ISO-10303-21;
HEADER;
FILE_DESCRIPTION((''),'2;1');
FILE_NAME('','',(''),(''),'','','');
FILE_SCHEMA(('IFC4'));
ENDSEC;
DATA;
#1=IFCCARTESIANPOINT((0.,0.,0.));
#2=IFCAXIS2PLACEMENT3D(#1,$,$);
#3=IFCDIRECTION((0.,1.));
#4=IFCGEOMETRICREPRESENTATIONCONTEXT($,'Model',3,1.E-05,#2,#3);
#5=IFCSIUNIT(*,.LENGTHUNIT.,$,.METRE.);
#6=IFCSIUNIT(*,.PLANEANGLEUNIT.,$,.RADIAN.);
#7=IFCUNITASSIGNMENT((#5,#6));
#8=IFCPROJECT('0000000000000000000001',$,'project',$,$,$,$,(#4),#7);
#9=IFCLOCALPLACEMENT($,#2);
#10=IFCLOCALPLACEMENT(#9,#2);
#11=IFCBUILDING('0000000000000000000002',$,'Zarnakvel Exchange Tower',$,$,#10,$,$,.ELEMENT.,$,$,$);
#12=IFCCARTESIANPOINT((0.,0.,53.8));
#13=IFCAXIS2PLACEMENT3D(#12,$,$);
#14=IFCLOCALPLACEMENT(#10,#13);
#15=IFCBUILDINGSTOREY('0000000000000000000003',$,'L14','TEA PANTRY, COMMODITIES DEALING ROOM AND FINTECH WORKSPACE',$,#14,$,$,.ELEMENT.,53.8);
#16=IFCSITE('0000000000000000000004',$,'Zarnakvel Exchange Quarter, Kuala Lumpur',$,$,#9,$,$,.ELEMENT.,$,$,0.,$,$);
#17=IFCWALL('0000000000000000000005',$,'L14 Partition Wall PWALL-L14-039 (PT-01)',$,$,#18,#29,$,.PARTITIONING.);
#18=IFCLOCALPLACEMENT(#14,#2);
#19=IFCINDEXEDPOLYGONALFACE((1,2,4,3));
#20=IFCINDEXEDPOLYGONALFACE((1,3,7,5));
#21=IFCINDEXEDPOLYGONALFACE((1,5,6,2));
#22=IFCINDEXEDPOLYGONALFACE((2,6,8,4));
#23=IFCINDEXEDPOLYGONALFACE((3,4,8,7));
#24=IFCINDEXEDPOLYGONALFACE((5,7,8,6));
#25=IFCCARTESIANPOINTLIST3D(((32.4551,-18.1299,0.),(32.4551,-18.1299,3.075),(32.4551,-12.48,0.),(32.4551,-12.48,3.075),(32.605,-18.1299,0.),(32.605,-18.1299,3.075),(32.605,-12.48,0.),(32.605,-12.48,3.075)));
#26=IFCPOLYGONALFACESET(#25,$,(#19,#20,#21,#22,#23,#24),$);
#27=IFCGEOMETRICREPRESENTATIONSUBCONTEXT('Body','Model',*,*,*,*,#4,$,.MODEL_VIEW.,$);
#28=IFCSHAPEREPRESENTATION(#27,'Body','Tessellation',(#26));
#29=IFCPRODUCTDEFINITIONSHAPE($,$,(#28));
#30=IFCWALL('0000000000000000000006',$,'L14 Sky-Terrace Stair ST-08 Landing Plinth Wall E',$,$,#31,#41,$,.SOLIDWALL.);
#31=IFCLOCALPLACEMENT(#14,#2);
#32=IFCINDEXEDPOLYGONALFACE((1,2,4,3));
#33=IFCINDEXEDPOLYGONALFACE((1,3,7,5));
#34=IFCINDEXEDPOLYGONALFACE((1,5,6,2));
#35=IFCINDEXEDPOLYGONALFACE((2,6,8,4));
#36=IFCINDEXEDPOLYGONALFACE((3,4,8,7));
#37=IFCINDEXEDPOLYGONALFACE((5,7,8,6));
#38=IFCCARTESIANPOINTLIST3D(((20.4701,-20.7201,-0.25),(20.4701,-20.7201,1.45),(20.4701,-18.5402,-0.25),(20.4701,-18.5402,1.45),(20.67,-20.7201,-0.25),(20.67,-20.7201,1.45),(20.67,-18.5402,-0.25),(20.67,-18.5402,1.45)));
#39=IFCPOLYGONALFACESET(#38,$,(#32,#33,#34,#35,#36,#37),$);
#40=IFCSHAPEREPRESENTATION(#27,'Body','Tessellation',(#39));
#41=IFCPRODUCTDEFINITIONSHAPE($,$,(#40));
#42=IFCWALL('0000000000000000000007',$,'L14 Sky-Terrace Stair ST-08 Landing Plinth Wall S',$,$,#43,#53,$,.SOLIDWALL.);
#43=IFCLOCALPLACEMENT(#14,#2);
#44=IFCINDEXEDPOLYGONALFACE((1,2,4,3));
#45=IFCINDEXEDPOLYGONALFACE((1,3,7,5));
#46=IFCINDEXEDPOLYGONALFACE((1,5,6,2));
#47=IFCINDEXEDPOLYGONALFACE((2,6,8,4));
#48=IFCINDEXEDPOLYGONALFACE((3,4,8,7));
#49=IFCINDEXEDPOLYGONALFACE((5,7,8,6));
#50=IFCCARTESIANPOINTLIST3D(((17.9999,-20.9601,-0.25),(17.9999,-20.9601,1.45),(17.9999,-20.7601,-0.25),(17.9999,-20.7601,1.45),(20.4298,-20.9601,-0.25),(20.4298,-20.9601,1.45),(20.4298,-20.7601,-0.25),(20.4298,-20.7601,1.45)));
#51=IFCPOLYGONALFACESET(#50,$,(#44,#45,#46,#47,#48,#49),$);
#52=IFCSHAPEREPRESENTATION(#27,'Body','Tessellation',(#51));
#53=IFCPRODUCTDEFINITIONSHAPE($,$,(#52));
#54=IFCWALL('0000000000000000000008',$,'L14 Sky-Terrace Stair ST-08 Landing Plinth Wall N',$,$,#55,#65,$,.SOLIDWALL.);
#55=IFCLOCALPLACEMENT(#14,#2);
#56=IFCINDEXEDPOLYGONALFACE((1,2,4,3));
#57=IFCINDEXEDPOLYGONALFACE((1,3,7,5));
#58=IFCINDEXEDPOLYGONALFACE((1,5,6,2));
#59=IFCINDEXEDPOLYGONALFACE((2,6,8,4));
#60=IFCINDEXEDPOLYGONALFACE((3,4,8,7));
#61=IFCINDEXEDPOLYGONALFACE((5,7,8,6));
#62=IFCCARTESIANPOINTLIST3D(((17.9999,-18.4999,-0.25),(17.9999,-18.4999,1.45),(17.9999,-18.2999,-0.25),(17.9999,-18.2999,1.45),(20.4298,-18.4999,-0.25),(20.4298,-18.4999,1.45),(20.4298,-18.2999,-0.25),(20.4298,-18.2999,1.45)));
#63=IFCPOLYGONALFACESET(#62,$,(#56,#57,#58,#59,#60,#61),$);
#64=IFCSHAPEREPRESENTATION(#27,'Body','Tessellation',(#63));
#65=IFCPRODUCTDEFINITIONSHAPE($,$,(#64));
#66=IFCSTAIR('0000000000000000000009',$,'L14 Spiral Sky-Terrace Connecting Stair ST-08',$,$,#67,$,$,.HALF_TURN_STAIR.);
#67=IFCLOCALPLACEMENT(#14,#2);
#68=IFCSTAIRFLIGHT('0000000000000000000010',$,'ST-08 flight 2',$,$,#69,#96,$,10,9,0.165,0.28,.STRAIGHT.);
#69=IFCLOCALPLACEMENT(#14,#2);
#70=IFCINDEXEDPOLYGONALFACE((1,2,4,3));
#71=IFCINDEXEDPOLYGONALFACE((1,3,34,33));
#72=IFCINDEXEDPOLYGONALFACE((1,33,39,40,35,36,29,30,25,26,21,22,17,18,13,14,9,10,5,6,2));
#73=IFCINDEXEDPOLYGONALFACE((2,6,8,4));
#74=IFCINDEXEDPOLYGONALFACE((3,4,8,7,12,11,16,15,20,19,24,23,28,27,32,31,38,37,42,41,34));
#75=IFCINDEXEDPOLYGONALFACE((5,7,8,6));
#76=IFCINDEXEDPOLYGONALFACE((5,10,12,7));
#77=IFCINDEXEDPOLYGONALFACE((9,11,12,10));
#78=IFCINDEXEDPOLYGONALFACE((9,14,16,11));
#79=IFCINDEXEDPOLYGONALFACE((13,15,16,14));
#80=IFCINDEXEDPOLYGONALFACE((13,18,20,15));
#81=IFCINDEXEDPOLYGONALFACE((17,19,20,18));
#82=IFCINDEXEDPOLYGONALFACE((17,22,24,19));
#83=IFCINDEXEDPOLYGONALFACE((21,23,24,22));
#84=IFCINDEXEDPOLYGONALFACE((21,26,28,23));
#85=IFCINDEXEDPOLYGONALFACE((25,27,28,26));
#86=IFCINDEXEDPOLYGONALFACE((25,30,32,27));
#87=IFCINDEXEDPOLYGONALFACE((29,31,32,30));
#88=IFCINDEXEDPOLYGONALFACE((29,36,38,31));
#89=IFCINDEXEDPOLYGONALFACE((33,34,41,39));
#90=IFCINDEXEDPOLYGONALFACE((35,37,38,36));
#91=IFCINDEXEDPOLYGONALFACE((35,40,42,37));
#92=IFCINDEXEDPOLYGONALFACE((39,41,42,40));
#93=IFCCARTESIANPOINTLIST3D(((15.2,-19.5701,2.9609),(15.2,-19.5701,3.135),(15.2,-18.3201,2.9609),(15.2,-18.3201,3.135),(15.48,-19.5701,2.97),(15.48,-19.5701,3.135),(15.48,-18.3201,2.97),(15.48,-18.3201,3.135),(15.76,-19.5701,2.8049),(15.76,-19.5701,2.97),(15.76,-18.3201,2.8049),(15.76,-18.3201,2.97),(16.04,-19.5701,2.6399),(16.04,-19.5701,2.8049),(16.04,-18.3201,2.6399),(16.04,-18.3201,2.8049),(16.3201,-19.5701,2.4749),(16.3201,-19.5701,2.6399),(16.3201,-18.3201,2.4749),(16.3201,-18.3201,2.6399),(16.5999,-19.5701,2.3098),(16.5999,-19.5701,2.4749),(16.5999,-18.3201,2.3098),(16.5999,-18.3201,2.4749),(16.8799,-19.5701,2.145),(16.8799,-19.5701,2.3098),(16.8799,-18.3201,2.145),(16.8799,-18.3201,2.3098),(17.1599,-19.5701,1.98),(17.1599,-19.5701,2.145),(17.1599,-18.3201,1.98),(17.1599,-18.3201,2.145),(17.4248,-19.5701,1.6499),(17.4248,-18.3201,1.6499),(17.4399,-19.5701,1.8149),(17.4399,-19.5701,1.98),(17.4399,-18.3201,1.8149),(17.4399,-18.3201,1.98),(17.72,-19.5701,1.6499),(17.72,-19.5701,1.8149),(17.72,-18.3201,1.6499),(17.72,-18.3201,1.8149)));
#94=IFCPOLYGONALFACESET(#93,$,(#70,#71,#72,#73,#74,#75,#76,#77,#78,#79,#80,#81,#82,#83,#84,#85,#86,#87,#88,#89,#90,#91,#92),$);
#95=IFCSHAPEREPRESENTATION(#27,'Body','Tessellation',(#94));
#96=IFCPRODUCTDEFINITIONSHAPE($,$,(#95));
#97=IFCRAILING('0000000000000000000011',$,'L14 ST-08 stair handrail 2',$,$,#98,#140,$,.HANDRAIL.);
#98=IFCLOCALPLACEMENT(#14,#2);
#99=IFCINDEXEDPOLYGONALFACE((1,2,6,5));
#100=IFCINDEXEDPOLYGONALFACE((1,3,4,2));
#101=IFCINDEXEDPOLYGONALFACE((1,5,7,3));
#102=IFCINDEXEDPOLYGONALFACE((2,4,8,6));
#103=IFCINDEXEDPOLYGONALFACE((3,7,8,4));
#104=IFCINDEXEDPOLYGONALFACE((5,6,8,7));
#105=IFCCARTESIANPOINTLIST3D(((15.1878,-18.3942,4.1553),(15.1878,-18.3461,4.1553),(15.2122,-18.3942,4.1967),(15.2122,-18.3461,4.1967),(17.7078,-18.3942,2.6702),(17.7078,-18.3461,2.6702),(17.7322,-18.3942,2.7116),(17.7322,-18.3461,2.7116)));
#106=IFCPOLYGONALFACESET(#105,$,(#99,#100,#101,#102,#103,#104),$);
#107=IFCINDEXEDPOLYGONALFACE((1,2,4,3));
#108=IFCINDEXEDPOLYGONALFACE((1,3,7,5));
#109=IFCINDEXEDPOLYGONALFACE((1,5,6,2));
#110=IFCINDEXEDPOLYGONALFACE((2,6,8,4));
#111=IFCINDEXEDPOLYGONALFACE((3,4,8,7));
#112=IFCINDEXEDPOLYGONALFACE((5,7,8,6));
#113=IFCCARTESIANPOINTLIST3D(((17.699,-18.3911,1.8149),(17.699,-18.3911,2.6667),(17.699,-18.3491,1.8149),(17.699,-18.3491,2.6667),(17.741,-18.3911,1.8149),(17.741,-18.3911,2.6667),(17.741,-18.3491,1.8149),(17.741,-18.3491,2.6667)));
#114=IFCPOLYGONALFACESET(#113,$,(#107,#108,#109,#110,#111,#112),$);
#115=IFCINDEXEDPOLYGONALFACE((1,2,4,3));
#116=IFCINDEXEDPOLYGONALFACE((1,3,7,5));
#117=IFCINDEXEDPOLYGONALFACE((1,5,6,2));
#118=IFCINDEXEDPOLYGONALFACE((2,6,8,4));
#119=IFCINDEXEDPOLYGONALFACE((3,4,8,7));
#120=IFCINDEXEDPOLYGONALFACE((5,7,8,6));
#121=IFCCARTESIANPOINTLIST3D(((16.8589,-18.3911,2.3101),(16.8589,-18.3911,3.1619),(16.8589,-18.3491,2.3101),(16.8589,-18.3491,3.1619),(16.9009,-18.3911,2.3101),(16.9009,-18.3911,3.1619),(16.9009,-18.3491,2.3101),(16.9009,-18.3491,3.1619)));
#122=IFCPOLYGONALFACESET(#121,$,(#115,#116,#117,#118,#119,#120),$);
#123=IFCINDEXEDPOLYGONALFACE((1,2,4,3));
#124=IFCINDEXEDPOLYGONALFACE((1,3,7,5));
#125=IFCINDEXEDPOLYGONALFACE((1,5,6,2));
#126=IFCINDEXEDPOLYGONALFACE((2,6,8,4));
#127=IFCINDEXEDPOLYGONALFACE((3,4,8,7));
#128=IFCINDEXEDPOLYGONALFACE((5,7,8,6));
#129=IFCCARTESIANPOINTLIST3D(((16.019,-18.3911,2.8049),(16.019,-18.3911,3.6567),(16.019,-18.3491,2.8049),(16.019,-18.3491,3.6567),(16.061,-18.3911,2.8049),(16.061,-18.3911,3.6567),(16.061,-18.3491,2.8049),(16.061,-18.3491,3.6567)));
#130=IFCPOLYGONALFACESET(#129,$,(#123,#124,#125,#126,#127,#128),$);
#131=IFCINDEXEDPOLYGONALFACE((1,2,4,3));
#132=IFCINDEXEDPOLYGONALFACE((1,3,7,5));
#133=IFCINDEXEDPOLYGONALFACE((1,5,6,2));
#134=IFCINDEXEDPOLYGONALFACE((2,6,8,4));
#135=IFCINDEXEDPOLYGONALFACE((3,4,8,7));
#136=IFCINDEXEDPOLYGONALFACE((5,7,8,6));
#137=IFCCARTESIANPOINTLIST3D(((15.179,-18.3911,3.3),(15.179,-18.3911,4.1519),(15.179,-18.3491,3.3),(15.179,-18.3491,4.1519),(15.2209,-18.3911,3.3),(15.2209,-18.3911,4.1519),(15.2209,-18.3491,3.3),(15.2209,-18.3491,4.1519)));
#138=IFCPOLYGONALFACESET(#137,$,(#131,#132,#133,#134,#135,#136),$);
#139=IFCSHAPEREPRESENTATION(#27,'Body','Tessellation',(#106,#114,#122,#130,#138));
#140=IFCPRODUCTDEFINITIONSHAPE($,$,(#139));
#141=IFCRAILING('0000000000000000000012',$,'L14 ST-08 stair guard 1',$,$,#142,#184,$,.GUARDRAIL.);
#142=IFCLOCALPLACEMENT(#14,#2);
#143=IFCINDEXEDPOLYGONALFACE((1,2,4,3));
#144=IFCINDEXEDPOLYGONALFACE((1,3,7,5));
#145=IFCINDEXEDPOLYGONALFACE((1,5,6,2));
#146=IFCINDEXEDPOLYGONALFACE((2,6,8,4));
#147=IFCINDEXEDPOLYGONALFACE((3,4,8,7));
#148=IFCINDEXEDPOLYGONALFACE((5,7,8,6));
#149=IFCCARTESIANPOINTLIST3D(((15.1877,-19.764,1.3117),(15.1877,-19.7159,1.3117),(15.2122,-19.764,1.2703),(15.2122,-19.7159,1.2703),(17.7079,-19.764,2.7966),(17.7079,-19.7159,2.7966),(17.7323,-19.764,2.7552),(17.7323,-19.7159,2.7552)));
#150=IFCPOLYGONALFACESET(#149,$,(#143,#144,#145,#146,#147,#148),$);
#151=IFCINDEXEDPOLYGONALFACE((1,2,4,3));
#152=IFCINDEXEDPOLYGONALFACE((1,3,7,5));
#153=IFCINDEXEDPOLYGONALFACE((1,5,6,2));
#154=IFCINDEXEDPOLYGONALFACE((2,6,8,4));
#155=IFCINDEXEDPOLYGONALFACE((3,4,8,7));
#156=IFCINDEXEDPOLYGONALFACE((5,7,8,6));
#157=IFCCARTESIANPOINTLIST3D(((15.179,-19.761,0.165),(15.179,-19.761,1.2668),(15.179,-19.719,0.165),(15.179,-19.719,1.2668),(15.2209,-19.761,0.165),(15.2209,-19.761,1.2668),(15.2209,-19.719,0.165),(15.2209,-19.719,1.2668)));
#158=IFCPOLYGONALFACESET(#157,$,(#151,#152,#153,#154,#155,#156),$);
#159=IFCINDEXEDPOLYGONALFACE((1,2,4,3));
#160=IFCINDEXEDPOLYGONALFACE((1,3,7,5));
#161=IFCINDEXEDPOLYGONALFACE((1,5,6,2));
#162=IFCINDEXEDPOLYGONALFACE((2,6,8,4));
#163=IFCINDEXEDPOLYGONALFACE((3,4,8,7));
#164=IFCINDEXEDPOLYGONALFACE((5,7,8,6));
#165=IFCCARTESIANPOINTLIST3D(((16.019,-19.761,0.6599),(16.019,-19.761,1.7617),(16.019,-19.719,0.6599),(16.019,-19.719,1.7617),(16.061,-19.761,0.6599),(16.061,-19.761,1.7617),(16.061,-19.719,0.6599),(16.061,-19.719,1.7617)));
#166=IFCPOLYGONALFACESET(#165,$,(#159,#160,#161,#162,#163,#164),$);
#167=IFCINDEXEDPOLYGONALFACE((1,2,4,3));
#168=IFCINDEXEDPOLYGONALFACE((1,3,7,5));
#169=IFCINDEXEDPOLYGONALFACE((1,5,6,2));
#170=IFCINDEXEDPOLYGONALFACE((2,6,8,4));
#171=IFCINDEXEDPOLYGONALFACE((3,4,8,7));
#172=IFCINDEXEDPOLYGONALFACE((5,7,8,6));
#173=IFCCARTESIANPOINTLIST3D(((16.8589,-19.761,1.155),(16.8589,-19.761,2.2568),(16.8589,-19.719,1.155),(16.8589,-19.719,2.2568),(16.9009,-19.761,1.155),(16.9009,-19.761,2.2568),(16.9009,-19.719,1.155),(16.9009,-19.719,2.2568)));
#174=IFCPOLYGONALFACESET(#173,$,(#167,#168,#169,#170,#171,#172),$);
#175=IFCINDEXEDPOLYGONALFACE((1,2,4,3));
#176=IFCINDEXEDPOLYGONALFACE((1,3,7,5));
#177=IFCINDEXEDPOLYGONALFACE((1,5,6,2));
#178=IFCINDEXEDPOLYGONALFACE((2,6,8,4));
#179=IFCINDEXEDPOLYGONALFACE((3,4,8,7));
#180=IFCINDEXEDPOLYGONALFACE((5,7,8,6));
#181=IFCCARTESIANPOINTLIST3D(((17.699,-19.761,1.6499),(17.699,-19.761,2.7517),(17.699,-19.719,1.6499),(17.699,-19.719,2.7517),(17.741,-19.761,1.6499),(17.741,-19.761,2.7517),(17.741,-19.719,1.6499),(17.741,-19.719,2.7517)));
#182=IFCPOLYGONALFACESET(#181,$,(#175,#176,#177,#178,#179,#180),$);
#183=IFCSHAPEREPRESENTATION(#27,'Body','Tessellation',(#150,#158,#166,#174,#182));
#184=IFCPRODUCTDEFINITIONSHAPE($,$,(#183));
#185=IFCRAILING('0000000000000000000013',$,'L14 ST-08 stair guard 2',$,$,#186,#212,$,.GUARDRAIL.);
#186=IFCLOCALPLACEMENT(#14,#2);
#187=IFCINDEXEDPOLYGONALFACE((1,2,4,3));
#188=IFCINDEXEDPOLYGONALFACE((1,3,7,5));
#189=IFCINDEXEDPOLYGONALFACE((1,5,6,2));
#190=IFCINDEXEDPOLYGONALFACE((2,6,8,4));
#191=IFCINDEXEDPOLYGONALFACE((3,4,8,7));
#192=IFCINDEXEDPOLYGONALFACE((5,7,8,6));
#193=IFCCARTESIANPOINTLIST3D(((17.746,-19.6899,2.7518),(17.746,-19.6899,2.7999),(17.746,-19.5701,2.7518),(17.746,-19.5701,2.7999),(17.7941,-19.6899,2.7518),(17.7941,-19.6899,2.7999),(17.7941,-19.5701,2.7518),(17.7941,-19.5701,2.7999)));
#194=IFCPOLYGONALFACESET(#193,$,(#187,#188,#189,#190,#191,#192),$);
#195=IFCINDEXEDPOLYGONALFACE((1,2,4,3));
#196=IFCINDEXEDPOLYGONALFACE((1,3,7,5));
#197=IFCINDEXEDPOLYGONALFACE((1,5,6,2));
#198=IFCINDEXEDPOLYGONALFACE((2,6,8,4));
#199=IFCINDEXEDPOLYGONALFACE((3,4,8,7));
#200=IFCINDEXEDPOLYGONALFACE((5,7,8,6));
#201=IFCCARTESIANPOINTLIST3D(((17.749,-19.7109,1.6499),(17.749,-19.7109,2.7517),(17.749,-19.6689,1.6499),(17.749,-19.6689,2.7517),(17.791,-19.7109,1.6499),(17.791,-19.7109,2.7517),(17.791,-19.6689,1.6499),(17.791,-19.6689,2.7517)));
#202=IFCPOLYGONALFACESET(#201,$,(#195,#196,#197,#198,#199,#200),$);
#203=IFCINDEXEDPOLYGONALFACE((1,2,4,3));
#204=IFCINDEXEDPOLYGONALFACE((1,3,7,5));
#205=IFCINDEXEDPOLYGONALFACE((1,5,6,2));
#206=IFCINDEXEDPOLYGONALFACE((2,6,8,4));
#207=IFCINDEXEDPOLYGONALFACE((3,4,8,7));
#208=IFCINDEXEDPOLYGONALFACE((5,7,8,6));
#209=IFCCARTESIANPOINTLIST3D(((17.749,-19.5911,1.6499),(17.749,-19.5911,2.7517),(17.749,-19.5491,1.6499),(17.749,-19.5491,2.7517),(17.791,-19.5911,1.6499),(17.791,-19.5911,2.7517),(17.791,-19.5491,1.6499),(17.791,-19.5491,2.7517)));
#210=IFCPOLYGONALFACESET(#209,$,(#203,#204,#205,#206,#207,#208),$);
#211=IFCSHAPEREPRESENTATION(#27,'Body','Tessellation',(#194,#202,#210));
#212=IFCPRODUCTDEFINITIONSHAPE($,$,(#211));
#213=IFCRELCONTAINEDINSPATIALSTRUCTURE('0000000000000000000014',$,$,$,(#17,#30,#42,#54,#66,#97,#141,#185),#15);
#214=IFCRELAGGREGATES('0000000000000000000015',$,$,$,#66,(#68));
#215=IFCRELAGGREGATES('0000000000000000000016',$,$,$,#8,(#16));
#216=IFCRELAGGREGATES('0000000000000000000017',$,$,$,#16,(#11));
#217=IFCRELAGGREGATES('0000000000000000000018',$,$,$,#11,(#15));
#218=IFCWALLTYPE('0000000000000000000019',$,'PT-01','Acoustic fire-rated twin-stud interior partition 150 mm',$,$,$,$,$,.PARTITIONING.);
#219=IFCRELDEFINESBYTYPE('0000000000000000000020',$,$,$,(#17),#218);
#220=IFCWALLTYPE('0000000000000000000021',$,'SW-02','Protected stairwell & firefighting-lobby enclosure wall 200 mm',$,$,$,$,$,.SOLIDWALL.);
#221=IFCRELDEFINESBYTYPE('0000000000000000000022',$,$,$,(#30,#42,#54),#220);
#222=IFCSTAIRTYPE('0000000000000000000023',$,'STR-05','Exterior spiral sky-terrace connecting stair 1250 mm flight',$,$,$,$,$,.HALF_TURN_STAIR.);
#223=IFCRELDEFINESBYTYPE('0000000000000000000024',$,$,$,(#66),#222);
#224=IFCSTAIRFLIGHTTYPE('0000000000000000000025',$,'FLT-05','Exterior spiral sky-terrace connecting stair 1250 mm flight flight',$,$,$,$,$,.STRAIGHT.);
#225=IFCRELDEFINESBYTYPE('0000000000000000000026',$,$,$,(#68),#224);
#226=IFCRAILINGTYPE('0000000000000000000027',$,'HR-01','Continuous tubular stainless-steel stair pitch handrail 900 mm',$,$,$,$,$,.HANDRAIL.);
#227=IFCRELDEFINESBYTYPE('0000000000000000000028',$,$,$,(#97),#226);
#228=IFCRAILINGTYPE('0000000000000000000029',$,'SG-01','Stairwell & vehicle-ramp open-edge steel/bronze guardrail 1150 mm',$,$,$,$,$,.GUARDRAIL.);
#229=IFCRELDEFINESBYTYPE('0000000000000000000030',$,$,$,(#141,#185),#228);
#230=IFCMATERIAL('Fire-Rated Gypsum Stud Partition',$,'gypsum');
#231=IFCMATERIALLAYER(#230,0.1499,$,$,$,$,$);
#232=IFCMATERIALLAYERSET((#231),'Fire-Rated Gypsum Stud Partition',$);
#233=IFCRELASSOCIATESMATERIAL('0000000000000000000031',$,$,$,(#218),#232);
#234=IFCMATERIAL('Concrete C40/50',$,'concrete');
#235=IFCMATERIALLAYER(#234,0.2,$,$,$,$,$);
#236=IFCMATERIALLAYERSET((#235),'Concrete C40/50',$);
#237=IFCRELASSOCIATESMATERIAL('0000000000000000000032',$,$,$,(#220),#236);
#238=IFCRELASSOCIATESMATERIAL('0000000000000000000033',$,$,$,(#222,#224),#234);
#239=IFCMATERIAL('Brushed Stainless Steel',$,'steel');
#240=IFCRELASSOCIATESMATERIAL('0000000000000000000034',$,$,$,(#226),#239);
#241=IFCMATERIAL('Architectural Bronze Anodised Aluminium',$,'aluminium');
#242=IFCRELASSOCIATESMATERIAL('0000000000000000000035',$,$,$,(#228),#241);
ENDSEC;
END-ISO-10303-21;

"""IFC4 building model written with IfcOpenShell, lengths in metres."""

from ifc_helpers import new_model, si_unit, direction, frame, frame_2d, origin, origin_2d, place, context, subcontext, project, spatial, polyline, rectangle, outline, extrude, material, layer, layer_set, type_object, element, aggregate, save


model = new_model("IFC4")

# Units and contexts
model_context = context("Model", 3, precision=1e-05, world=origin(), true_north=direction((0.0, 1.0)))
body_context = subcontext(model_context, "Body", "Model", "MODEL_VIEW")
ifc_project = project(units=[si_unit("LENGTHUNIT", "METRE"), si_unit("PLANEANGLEUNIT", "RADIAN")], contexts=[model_context])

# Site, building, storey
site_placement = place(None, origin())
site = spatial("IfcSite", under=ifc_project, at=site_placement, Name="Zarnakvel Exchange Quarter, Kuala Lumpur", CompositionType="ELEMENT", RefElevation=0.0)
building_placement = place(site_placement, origin())
building = spatial("IfcBuilding", under=site, at=building_placement, Name="Zarnakvel Exchange Tower", CompositionType="ELEMENT")
storey_placement = place(building_placement, frame((0.0, 0.0, 53.8)))
storey = spatial("IfcBuildingStorey", under=building, at=storey_placement, Name="L14", Description="TEA PANTRY, COMMODITIES DEALING ROOM AND FINTECH WORKSPACE", CompositionType="ELEMENT", Elevation=53.8)

# Shared definitions
ifc_material_1 = material(Name="Architectural Bronze Anodised Aluminium", Category="aluminium")

# Shared definitions
ifc_material_2 = material(Name="Fire-Rated Gypsum Stud Partition", Category="gypsum")
ifc_layer_1 = layer(ifc_material_2, 0.1499)
ifc_layer_set_1 = layer_set([ifc_layer_1], Name="Fire-Rated Gypsum Stud Partition")
wall_type_1 = type_object("IfcWallType", Name="PT-01", Description="Acoustic fire-rated twin-stud interior partition 150 mm", PredefinedType="PARTITIONING", material=ifc_layer_set_1)

# Walls
wall_1_placement = place(storey_placement, frame((32.53, -12.48, 0.0), z_axis=(0.0, 0.0, 1.0), x_axis=(0.0, -1.0, 0.0)))
element("IfcWall", 1, at=wall_1_placement, inside=storey, type_object=wall_type_1, Name="L14 Partition Wall PWALL-L14-039 (PT-01)", PredefinedType="PARTITIONING", context=body_context, shape_type="SweptSolid", body=[
    extrude(rectangle(XDim=5.6499, YDim=0.1499, at=frame_2d((2.825, 0.0))), origin(), (0.0, 0.0, 1.0), 3.075),
])
ifc_material_3 = material(Name="Concrete C40/50", Category="concrete")
ifc_layer_2 = layer(ifc_material_3, 0.2)
ifc_layer_set_2 = layer_set([ifc_layer_2], Name="Concrete C40/50")
wall_type_2 = type_object("IfcWallType", Name="SW-02", Description="Protected stairwell & firefighting-lobby enclosure wall 200 mm", PredefinedType="SOLIDWALL", material=ifc_layer_set_2)
wall_2_placement = place(storey_placement, frame((20.5701, -20.72, -0.25), z_axis=(0.0, 0.0, 1.0), x_axis=(0.0, 1.0, 0.0)))
element("IfcWall", 2, at=wall_2_placement, inside=storey, type_object=wall_type_2, Name="L14 Sky-Terrace Stair ST-08 Landing Plinth Wall E", PredefinedType="SOLIDWALL", context=body_context, shape_type="SweptSolid", body=[
    extrude(rectangle(XDim=2.1799, YDim=0.2, at=frame_2d((1.0898, 0.0))), origin(), (0.0, 0.0, 1.0), 1.7),
])
for number, where, z_axis, x_axis, name in (
    (3, (18.0, -20.8601, -0.25), (0.0, 0.0, 1.0), (1.0, 0.0, 0.0), "L14 Sky-Terrace Stair ST-08 Landing Plinth Wall S"),
    (4, (18.0, -18.3999, -0.25), (0.0, 0.0, 1.0), (1.0, 0.0, 0.0), "L14 Sky-Terrace Stair ST-08 Landing Plinth Wall N"),
):
    element("IfcWall", number, at=place(storey_placement, frame(where, z_axis=z_axis, x_axis=x_axis)), inside=storey, type_object=wall_type_2, Name=name, PredefinedType="SOLIDWALL", context=body_context, shape_type="SweptSolid", body=[
        extrude(rectangle(XDim=2.4299, YDim=0.2, at=frame_2d((1.2148, 0.0))), origin(), (0.0, 0.0, 1.0), 1.7),
    ])

# Stair, stair flight
stair_type = type_object("IfcStairType", Name="STR-05", Description="Exterior spiral sky-terrace connecting stair 1250 mm flight", PredefinedType="HALF_TURN_STAIR", material=ifc_material_3)
stair_placement = place(storey_placement, origin())
stair = element("IfcStair", 5, at=stair_placement, inside=storey, type_object=stair_type, Name="L14 Spiral Sky-Terrace Connecting Stair ST-08", PredefinedType="HALF_TURN_STAIR")
stair_flight_type = type_object("IfcStairFlightType", Name="FLT-05", Description="Exterior spiral sky-terrace connecting stair 1250 mm flight flight", PredefinedType="STRAIGHT", material=ifc_material_3)
stair_flight_placement = place(storey_placement, frame((17.72, -18.9451, 1.6499), z_axis=(0.0, 0.0, 1.0), x_axis=(-1.0, 0.0, 0.0)))
stair_flight = element("IfcStairFlight", 6, at=stair_flight_placement, type_object=stair_flight_type, Name="ST-08 flight 2", NumberOfRisers=10, NumberOfTreads=9, PredefinedType="STRAIGHT", RiserHeight=0.165, TreadLength=0.28, context=body_context, shape_type="SweptSolid", body=[
    extrude(outline(polyline([(0.0, 0.0), (0.0, 0.165), (0.28, 0.165), (0.28, 0.3301), (0.5601, 0.3301), (0.5601, 0.4951), (0.8401, 0.4951), (0.8401, 0.6599), (1.1201, 0.6599), (1.1201, 0.825), (1.3999, 0.825), (1.3999, 0.99), (1.6799, 0.99), (1.6799, 1.155), (1.96, 1.155), (1.96, 1.3201), (2.24, 1.3201), (2.24, 1.4851), (2.52, 1.4851), (2.52, 1.6499), (2.52, 1.311), (0.2952, 0.0), (0.0, 0.0)])), frame((0.0, 0.625, 0.0), z_axis=(0.0, -1.0, 0.0), x_axis=(1.0, 0.0, 0.0)), (0.0, 0.0, 1.0), 1.25),
])
aggregate(stair, [stair_flight])

# Railings
ifc_material_4 = material(Name="Brushed Stainless Steel", Category="steel")
railing_type_1 = type_object("IfcRailingType", Name="HR-01", Description="Continuous tubular stainless-steel stair pitch handrail 900 mm", PredefinedType="HANDRAIL", material=ifc_material_4)
railing_1_placement = place(storey_placement, frame((17.72, -18.3701, 1.8149)))
element("IfcRailing", 7, at=railing_1_placement, inside=storey, type_object=railing_type_1, Name="L14 ST-08 stair handrail 2", PredefinedType="HANDRAIL", context=body_context, shape_type="SweptSolid", body=[
    extrude(rectangle(XDim=0.0481, YDim=0.0481, at=origin_2d()), frame((0.0, 0.0, 0.876), z_axis=(-0.861524, 0.0, 0.507717), x_axis=(0.0, -1.0, 0.0)), (0.0, 0.0, 1.0), 2.925),
    extrude(rectangle(XDim=0.042, YDim=0.042, at=origin_2d()), origin(), (0.0, 0.0, 1.0), 0.8518),
    extrude(rectangle(XDim=0.042, YDim=0.042, at=origin_2d()), frame((-0.8401, 0.0, 0.4951)), (0.0, 0.0, 1.0), 0.8518),
    extrude(rectangle(XDim=0.042, YDim=0.042, at=origin_2d()), frame((-1.6799, 0.0, 0.99)), (0.0, 0.0, 1.0), 0.8518),
    extrude(rectangle(XDim=0.042, YDim=0.042, at=origin_2d()), frame((-2.52, 0.0, 1.4851)), (0.0, 0.0, 1.0), 0.8518),
])
railing_type_2 = type_object("IfcRailingType", Name="SG-01", Description="Stairwell & vehicle-ramp open-edge steel/bronze guardrail 1150 mm", PredefinedType="GUARDRAIL", material=ifc_material_1)
railing_2_placement = place(storey_placement, frame((15.2, -19.74, 0.165)))
element("IfcRailing", 8, at=railing_2_placement, inside=storey, type_object=railing_type_2, Name="L14 ST-08 stair guard 1", PredefinedType="GUARDRAIL", context=body_context, shape_type="SweptSolid", body=[
    extrude(rectangle(XDim=0.0481, YDim=0.0481, at=origin_2d()), frame((0.0, 0.0, 1.126), z_axis=(0.861561, 0.0, 0.507655), x_axis=(0.0, 1.0, 0.0)), (0.0, 0.0, 1.0), 2.925),
    extrude(rectangle(XDim=0.042, YDim=0.042, at=origin_2d()), origin(), (0.0, 0.0, 1.0), 1.1018),
    extrude(rectangle(XDim=0.042, YDim=0.042, at=origin_2d()), frame((0.8401, 0.0, 0.4949)), (0.0, 0.0, 1.0), 1.1018),
    extrude(rectangle(XDim=0.042, YDim=0.042, at=origin_2d()), frame((1.6799, 0.0, 0.99)), (0.0, 0.0, 1.0), 1.1018),
    extrude(rectangle(XDim=0.042, YDim=0.042, at=origin_2d()), frame((2.52, 0.0, 1.4849)), (0.0, 0.0, 1.0), 1.1018),
])
railing_3_placement = place(storey_placement, frame((17.77, -19.6899, 1.6499)))
element("IfcRailing", 9, at=railing_3_placement, inside=storey, type_object=railing_type_2, Name="L14 ST-08 stair guard 2", PredefinedType="GUARDRAIL", context=body_context, shape_type="SweptSolid", body=[
    extrude(rectangle(XDim=0.0481, YDim=0.0481, at=origin_2d()), frame((0.0, 0.0, 1.126), z_axis=(0.0, 1.0, 0.0), x_axis=(-1.0, 0.0, 0.0)), (0.0, 0.0, 1.0), 0.1199),
    extrude(rectangle(XDim=0.042, YDim=0.042, at=origin_2d()), origin(), (0.0, 0.0, 1.0), 1.1018),
    extrude(rectangle(XDim=0.042, YDim=0.042, at=origin_2d()), frame((0.0, 0.1199, 0.0)), (0.0, 0.0, 1.0), 1.1018),
])

save(model, "model.ifc")
